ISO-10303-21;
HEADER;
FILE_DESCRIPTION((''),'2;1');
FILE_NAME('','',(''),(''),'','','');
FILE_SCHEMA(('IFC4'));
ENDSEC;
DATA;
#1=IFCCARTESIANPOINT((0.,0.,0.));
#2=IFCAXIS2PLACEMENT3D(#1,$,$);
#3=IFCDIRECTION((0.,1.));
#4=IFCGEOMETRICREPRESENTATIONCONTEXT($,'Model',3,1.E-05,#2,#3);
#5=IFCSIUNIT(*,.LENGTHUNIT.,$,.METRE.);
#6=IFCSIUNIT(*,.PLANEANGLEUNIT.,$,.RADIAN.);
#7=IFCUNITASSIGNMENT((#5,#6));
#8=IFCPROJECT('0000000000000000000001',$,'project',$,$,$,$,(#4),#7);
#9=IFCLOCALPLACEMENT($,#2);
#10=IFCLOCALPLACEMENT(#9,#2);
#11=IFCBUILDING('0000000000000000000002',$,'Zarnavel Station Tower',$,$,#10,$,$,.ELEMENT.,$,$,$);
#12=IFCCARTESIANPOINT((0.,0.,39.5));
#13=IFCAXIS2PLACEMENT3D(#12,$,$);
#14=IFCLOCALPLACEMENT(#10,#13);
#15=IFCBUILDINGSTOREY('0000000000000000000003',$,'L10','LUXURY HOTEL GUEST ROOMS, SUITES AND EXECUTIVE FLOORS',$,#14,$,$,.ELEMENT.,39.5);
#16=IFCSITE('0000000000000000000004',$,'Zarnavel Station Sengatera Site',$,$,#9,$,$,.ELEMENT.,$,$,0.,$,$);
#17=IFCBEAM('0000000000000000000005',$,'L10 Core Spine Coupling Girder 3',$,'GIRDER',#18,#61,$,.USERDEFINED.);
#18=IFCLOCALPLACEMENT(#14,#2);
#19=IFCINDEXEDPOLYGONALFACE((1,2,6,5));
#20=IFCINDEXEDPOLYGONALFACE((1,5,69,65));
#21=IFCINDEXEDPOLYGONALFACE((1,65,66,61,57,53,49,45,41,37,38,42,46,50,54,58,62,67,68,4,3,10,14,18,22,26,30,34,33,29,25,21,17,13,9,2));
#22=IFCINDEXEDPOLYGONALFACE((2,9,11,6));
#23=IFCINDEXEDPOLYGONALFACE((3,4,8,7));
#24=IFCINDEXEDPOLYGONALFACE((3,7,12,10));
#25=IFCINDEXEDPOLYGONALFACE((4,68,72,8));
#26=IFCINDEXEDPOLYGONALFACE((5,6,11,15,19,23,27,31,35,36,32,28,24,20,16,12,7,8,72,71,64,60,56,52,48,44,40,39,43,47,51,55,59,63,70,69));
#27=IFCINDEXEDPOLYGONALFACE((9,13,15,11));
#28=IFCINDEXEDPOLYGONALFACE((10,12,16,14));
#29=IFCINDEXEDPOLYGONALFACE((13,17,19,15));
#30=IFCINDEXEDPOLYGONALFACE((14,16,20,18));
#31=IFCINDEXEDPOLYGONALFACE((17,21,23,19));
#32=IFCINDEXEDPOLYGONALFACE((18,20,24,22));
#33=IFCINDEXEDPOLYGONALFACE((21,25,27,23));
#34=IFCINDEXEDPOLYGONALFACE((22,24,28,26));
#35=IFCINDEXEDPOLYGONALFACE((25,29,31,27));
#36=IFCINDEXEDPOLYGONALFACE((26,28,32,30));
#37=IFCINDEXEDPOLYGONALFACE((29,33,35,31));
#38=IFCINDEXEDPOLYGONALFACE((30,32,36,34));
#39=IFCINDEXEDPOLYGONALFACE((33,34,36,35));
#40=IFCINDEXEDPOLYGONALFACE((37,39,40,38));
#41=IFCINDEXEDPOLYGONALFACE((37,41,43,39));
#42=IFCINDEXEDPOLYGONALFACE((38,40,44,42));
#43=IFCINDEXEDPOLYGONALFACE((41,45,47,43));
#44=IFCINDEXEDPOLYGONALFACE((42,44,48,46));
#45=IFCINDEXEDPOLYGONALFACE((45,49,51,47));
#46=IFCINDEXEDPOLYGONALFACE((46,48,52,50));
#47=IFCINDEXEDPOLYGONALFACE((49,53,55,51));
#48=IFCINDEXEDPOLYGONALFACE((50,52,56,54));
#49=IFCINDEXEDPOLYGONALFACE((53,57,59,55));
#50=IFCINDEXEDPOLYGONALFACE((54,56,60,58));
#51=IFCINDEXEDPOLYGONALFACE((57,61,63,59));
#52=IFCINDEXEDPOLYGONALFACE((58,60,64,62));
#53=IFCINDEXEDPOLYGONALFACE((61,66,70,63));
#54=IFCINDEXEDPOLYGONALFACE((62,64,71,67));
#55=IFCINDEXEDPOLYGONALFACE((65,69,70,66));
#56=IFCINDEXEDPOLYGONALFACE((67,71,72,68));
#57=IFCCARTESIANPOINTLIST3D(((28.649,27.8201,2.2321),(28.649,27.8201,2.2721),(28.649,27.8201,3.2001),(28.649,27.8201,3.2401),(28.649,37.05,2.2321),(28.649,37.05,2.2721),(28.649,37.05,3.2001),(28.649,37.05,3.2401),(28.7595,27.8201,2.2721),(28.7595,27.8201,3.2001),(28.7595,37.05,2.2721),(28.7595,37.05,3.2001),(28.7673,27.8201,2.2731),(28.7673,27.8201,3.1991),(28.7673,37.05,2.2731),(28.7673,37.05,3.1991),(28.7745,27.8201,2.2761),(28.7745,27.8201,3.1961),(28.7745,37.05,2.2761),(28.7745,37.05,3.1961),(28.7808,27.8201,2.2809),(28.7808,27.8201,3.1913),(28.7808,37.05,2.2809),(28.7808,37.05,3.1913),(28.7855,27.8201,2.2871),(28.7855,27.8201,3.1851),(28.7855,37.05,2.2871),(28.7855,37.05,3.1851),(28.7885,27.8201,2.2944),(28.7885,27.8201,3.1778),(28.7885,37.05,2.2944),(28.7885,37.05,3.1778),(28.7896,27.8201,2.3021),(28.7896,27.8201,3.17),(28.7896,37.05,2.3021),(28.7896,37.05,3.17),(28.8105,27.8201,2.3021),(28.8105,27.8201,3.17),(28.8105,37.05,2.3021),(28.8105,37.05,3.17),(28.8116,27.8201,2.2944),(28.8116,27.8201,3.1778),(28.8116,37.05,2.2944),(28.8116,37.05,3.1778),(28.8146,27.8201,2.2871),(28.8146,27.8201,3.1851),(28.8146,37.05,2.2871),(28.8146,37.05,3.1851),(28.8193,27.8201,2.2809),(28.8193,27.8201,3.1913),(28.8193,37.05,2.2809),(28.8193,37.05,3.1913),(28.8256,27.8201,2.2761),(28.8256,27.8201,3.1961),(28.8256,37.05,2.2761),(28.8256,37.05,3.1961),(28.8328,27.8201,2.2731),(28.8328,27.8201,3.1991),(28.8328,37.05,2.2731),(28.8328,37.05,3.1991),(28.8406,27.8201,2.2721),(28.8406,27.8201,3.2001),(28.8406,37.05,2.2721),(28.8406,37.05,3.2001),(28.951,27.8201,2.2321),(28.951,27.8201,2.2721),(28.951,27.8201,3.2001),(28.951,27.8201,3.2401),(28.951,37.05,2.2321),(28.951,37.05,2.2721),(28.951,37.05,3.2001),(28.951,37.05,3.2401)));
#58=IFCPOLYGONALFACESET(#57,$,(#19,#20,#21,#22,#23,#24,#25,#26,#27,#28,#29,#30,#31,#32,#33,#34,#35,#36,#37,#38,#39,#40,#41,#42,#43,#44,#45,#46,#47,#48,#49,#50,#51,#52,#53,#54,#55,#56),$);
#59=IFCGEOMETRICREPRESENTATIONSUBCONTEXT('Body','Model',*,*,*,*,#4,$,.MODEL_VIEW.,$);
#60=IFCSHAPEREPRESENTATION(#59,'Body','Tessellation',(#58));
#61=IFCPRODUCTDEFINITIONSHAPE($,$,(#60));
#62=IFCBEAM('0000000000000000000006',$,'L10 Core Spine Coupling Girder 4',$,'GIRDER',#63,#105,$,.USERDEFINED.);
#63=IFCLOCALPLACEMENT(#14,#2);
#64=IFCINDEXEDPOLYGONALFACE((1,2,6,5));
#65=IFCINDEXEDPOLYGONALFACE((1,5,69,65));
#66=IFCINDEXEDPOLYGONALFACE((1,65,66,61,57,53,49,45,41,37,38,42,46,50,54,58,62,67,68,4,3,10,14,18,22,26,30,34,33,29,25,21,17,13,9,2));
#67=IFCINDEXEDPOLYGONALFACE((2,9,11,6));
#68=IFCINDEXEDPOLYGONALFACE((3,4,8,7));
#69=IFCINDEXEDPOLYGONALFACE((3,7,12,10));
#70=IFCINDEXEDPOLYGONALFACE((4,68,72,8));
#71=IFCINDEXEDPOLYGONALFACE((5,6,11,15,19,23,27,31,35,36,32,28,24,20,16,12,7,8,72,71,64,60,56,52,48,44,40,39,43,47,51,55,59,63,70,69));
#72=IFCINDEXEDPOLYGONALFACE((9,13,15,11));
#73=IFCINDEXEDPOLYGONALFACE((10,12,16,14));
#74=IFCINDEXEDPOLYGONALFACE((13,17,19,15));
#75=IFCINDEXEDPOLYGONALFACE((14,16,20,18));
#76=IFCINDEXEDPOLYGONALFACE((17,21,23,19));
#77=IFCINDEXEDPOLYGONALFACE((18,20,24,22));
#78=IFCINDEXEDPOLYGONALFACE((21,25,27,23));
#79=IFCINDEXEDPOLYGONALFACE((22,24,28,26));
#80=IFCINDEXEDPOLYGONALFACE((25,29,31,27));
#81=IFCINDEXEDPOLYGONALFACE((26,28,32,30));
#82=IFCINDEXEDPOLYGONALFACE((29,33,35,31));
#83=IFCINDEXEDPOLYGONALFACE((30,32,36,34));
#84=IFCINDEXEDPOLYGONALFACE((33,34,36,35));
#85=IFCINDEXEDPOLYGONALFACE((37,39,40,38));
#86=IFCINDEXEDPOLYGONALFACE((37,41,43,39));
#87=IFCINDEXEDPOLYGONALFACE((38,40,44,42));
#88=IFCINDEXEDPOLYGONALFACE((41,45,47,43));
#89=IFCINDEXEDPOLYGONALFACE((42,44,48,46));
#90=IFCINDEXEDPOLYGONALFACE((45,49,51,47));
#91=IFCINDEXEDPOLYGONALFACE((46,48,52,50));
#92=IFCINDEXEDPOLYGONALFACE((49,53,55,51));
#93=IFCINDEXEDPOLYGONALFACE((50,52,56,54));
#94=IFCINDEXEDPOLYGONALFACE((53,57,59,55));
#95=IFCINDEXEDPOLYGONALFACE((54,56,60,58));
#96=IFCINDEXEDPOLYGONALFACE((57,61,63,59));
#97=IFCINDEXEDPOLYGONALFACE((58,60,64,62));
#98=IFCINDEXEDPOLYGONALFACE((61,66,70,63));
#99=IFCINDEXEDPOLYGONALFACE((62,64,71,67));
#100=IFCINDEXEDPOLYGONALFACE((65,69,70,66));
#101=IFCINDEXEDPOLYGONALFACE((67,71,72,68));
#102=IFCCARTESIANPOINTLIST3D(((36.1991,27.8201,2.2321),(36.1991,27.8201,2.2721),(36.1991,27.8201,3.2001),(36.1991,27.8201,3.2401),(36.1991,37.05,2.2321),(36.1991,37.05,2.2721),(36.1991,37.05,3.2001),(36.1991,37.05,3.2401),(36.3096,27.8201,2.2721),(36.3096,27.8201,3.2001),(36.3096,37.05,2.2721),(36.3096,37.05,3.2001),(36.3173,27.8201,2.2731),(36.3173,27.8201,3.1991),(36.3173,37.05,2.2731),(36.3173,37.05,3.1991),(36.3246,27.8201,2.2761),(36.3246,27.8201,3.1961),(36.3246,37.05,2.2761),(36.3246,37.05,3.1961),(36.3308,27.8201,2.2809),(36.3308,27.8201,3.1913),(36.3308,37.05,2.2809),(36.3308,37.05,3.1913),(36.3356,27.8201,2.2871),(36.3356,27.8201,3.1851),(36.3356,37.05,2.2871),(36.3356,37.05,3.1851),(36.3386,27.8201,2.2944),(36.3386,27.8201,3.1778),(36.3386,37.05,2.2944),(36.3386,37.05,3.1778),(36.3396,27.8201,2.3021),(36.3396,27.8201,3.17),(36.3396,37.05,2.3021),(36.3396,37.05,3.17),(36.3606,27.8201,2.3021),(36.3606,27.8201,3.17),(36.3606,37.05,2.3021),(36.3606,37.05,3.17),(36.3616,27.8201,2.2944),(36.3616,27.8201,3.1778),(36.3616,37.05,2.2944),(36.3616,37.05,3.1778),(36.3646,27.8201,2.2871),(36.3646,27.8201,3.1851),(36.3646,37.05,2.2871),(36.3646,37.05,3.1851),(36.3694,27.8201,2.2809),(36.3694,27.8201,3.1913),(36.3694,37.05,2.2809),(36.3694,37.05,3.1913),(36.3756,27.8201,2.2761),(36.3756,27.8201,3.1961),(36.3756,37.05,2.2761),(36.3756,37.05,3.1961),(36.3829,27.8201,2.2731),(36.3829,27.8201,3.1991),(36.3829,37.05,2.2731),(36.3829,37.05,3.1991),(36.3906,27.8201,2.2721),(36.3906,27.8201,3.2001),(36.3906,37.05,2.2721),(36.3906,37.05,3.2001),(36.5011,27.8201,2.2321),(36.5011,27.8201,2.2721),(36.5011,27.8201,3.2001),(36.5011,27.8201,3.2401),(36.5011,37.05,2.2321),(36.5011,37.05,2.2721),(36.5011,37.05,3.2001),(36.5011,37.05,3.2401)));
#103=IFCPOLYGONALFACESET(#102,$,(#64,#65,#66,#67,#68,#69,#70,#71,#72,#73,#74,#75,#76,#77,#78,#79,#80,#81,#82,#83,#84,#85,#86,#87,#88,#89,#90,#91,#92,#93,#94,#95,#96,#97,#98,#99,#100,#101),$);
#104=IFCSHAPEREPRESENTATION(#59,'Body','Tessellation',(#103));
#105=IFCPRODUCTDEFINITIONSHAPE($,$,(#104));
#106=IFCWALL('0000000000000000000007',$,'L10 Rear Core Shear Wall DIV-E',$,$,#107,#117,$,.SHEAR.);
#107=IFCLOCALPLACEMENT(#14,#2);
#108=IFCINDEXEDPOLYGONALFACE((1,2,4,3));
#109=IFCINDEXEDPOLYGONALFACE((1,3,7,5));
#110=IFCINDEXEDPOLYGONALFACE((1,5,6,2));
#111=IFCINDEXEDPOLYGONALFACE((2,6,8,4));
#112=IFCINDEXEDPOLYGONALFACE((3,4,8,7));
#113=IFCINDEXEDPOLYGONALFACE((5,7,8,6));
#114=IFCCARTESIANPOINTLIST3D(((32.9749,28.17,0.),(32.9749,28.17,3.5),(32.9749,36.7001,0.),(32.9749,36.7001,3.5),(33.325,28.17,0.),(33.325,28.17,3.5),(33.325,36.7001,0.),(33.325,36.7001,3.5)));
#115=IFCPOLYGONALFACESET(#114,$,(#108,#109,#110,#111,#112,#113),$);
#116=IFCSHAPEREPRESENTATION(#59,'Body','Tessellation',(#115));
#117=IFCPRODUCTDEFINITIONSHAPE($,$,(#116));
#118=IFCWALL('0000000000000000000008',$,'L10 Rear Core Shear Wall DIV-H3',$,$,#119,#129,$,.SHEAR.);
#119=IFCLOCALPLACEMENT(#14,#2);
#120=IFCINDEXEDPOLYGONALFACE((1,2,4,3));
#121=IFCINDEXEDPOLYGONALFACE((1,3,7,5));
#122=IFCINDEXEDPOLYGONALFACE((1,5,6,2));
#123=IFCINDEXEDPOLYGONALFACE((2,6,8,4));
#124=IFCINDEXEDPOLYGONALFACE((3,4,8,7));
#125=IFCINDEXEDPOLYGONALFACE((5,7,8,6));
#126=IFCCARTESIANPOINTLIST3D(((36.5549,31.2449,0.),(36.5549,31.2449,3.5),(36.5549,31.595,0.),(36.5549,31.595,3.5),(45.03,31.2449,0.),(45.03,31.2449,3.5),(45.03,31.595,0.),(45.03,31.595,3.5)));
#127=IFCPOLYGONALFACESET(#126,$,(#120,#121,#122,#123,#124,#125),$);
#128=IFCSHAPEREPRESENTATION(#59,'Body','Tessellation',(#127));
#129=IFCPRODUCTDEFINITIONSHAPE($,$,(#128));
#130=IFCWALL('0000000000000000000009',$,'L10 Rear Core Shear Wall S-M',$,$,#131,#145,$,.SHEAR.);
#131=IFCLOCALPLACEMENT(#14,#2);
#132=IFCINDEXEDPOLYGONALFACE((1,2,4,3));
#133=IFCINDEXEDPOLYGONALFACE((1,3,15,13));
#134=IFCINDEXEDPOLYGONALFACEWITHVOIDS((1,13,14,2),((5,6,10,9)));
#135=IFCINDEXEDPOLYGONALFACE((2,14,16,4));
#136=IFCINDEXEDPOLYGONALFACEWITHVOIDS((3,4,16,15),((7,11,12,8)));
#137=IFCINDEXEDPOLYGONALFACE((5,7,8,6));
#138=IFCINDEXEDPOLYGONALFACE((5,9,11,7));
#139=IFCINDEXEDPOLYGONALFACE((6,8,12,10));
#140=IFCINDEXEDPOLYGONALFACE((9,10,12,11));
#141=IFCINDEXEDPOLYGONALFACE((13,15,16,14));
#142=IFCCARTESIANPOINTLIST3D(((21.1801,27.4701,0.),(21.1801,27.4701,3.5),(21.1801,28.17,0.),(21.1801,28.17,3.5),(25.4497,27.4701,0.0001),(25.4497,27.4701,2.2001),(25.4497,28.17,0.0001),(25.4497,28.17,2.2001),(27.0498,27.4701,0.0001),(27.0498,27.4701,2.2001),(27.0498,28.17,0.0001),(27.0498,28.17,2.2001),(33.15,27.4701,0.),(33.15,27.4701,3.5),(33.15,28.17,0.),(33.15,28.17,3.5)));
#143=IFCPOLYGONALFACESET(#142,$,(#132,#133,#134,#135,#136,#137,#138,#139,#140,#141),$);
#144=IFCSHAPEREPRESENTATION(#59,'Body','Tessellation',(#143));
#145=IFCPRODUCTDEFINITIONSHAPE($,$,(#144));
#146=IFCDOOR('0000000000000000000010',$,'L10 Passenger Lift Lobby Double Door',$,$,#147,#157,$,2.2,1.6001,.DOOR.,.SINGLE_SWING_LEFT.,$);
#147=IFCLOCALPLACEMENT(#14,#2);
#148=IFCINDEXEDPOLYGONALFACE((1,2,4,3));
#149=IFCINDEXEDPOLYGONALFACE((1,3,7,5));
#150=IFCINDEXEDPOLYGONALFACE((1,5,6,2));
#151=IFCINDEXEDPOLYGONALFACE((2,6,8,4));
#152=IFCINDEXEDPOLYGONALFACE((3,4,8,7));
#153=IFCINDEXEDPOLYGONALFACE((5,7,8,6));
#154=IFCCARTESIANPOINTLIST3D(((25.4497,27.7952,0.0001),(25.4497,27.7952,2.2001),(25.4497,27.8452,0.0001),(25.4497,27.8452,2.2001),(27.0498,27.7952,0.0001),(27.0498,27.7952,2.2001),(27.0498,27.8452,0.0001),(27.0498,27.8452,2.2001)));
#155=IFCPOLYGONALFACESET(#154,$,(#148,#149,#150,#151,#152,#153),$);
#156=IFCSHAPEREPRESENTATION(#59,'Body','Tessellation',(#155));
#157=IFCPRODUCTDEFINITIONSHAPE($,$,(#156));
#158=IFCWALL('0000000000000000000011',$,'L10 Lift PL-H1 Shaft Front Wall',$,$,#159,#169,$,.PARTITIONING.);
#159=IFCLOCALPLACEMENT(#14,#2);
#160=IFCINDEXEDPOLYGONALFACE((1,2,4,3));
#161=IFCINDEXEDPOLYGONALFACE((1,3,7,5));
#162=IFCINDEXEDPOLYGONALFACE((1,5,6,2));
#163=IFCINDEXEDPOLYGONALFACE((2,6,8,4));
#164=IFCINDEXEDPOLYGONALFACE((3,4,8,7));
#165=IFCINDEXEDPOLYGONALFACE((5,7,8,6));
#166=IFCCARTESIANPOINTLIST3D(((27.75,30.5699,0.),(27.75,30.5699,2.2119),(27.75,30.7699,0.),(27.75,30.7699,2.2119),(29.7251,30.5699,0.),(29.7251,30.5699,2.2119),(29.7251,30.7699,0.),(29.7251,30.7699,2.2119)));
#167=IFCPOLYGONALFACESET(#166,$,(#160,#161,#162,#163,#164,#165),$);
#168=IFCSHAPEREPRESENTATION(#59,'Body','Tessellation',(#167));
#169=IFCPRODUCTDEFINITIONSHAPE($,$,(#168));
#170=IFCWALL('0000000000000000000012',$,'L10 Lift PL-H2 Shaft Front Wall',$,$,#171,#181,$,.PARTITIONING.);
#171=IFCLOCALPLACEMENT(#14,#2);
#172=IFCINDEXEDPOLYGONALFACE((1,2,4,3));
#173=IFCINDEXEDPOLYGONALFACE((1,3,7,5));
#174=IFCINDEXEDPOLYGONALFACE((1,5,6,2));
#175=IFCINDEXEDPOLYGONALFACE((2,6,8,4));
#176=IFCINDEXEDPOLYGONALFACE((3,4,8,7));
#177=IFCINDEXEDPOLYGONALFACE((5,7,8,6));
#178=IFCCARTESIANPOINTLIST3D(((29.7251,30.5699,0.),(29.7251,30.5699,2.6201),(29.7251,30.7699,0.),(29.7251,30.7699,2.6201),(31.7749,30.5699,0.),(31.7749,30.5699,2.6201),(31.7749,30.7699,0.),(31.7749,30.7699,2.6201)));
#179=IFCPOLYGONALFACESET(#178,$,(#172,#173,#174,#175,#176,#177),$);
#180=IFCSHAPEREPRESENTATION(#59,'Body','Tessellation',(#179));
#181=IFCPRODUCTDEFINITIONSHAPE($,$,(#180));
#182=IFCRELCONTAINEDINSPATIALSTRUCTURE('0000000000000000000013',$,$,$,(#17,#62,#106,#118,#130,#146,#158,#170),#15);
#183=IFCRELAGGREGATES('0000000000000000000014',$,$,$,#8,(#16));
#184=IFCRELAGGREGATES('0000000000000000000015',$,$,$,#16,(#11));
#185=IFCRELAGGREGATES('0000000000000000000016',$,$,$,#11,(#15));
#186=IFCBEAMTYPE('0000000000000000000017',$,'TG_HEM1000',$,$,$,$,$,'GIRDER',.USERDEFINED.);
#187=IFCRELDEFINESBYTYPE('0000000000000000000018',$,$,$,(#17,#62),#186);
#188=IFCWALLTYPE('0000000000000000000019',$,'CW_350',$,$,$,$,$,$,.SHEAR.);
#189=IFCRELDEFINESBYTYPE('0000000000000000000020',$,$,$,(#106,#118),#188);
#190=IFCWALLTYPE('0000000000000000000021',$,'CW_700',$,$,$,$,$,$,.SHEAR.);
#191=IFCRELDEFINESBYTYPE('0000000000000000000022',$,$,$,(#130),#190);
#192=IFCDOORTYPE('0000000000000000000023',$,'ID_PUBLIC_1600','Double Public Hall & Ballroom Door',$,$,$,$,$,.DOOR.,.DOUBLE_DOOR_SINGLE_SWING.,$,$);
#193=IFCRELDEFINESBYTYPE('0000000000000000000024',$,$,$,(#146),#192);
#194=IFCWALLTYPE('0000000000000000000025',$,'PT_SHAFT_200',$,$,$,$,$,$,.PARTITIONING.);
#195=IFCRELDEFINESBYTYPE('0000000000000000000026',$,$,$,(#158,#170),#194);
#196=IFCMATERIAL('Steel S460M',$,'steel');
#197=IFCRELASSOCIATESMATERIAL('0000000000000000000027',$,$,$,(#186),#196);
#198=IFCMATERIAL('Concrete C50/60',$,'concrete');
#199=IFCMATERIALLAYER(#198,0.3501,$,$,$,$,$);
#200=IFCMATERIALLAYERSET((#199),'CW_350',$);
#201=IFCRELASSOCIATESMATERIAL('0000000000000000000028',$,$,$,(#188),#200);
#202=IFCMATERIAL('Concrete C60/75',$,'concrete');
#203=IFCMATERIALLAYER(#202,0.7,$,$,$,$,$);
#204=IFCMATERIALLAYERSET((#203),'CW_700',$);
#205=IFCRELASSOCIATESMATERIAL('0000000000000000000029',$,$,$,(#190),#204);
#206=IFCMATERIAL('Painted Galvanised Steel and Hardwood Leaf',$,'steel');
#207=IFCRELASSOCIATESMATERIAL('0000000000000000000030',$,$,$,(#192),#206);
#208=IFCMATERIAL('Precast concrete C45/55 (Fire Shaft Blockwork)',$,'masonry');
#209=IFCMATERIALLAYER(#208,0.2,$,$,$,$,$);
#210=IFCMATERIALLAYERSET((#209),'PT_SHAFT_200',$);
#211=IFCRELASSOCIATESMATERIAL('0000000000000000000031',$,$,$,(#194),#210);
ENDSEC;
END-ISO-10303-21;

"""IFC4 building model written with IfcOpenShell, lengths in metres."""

from ifc_helpers import new_model, si_unit, direction, frame, frame_2d, origin, origin_2d, place, context, subcontext, project, spatial, rectangle, i_section, extrude, material, layer, layer_set, material_profile, profile_set, type_object, element, fill, save


model = new_model("IFC4")

# Units and contexts
model_context = context("Model", 3, precision=1e-05, world=origin(), true_north=direction((0.0, 1.0)))
body_context = subcontext(model_context, "Body", "Model", "MODEL_VIEW")
ifc_project = project(units=[si_unit("LENGTHUNIT", "METRE"), si_unit("PLANEANGLEUNIT", "RADIAN")], contexts=[model_context])

# Site, building, storey
site_placement = place(None, origin())
site = spatial("IfcSite", under=ifc_project, at=site_placement, Name="Zarnavel Station Sengatera Site", CompositionType="ELEMENT", RefElevation=0.0)
building_placement = place(site_placement, origin())
building = spatial("IfcBuilding", under=site, at=building_placement, Name="Zarnavel Station Tower", CompositionType="ELEMENT")
storey_placement = place(building_placement, frame((0.0, 0.0, 39.5)))
storey = spatial("IfcBuildingStorey", under=building, at=storey_placement, Name="L10", Description="LUXURY HOTEL GUEST ROOMS, SUITES AND EXECUTIVE FLOORS", CompositionType="ELEMENT", Elevation=39.5)

# Beams
ifc_material_1 = material(Name="Steel S460M", Category="steel")
ifc_material_profile_1 = material_profile(ifc_material_1, i_section(OverallWidth=0.302, OverallDepth=1.0081, WebThickness=0.021, FlangeThickness=0.04, FilletRadius=0.03, at=origin_2d()), Name="HEM1000")
ifc_profile_set_1 = profile_set([ifc_material_profile_1], Name="Steel S460M")
beam_type_1 = type_object("IfcBeamType", Name="TG_HEM1000", ElementType="GIRDER", PredefinedType="USERDEFINED", material=ifc_profile_set_1)
for number, where, z_axis, x_axis, name in (
    (1, (28.8, 27.8201, 2.7361), (0.0, 1.0, 0.0), (-1.0, 0.0, 0.0), "L10 Core Spine Coupling Girder 3"),
    (2, (36.3501, 27.8201, 2.7361), (0.0, 1.0, 0.0), (-1.0, 0.0, 0.0), "L10 Core Spine Coupling Girder 4"),
):
    element("IfcBeam", number, at=place(storey_placement, frame(where, z_axis=z_axis, x_axis=x_axis)), inside=storey, type_object=beam_type_1, Name=name, ObjectType="GIRDER", PredefinedType="USERDEFINED", context=body_context, shape_type="SweptSolid", body=[
        extrude(i_section(OverallWidth=0.302, OverallDepth=1.0081, WebThickness=0.021, FlangeThickness=0.04, FilletRadius=0.03, at=origin_2d()), origin(), (0.0, 0.0, 1.0), 9.23),
    ])

# Wall
ifc_material_2 = material(Name="Concrete C50/60", Category="concrete")
ifc_layer_1 = layer(ifc_material_2, 0.3501)
ifc_layer_set_1 = layer_set([ifc_layer_1], Name="CW_350")
wall_type_1 = type_object("IfcWallType", Name="CW_350", PredefinedType="SHEAR", material=ifc_layer_set_1)
wall_1_placement = place(storey_placement, frame((33.1499, 28.1699, 0.0), z_axis=(0.0, 0.0, 1.0), x_axis=(0.0, 1.0, 0.0)))
element("IfcWall", 3, at=wall_1_placement, inside=storey, type_object=wall_type_1, Name="L10 Rear Core Shear Wall DIV-E", PredefinedType="SHEAR", context=body_context, shape_type="SweptSolid", body=[
    extrude(rectangle(XDim=8.53, YDim=0.3501, at=frame_2d((4.2651, 0.0))), origin(), (0.0, 0.0, 1.0), 3.5),
])

# Wall
wall_2_placement = place(storey_placement, frame((36.5549, 31.4199, 0.0), z_axis=(0.0, 0.0, 1.0), x_axis=(1.0, 0.0, 0.0)))
element("IfcWall", 4, at=wall_2_placement, inside=storey, type_object=wall_type_1, Name="L10 Rear Core Shear Wall DIV-H3", PredefinedType="SHEAR", context=body_context, shape_type="SweptSolid", body=[
    extrude(rectangle(XDim=8.4751, YDim=0.3501, at=frame_2d((4.2375, 0.0))), origin(), (0.0, 0.0, 1.0), 3.5),
])

# Wall, opening, door
ifc_material_3 = material(Name="Concrete C60/75", Category="concrete")
ifc_layer_2 = layer(ifc_material_3, 0.7)
ifc_layer_set_2 = layer_set([ifc_layer_2], Name="CW_700")
wall_type_2 = type_object("IfcWallType", Name="CW_700", PredefinedType="SHEAR", material=ifc_layer_set_2)
wall_3_placement = place(storey_placement, frame((33.1499, 27.8201, 0.0), z_axis=(0.0, 0.0, 1.0), x_axis=(-1.0, 0.0, 0.0)))
wall_3 = element("IfcWall", 5, at=wall_3_placement, inside=storey, type_object=wall_type_2, Name="L10 Rear Core Shear Wall S-M", PredefinedType="SHEAR", context=body_context, shape_type="SweptSolid", body=[
    extrude(rectangle(XDim=11.97, YDim=0.7, at=frame_2d((5.9849, 0.0))), origin(), (0.0, 0.0, 1.0), 3.5),
])
opening_1_placement = place(wall_3_placement, frame((6.1001, 0.0, 0.0)))
opening_1 = element("IfcOpeningElement", 6, at=opening_1_placement, cuts=wall_3, PredefinedType="OPENING", context=body_context, shape_type="SweptSolid", body=[
    extrude(rectangle(XDim=1.6001, YDim=2.2, at=frame_2d((0.8, 1.1001))), frame((0.0, 0.3599, 0.0), z_axis=(0.0, -1.0, 0.0), x_axis=(1.0, 0.0, 0.0)), (0.0, 0.0, 1.0), 0.72),
])
ifc_material_4 = material(Name="Painted Galvanised Steel and Hardwood Leaf", Category="steel")
door_type_1 = type_object("IfcDoorType", Name="ID_PUBLIC_1600", Description="Double Public Hall & Ballroom Door", OperationType="DOUBLE_DOOR_SINGLE_SWING", PredefinedType="DOOR", material=ifc_material_4)
door_1_placement = place(opening_1_placement, origin())
door_1 = element("IfcDoor", 7, at=door_1_placement, inside=storey, type_object=door_type_1, Name="L10 Passenger Lift Lobby Double Door", OperationType="SINGLE_SWING_LEFT", OverallHeight=2.2, OverallWidth=1.6001, PredefinedType="DOOR", context=body_context, shape_type="SweptSolid", body=[
    extrude(rectangle(XDim=1.6001, YDim=2.2, at=frame_2d((0.8, 1.1001))), frame((0.0, 0.0249, 0.0), z_axis=(0.0, -1.0, 0.0), x_axis=(1.0, 0.0, 0.0)), (0.0, 0.0, 1.0), 0.05),
])
fill(opening_1, door_1)

# Walls
ifc_material_5 = material(Name="Precast concrete C45/55 (Fire Shaft Blockwork)", Category="masonry")
ifc_layer_3 = layer(ifc_material_5, 0.2)
ifc_layer_set_3 = layer_set([ifc_layer_3], Name="PT_SHAFT_200")
wall_type_3 = type_object("IfcWallType", Name="PT_SHAFT_200", PredefinedType="PARTITIONING", material=ifc_layer_set_3)
wall_4_placement = place(storey_placement, frame((27.75, 30.6699, 0.0), z_axis=(0.0, 0.0, 1.0), x_axis=(1.0, 0.0, 0.0)))
element("IfcWall", 8, at=wall_4_placement, inside=storey, type_object=wall_type_3, Name="L10 Lift PL-H1 Shaft Front Wall", PredefinedType="PARTITIONING", context=body_context, shape_type="SweptSolid", body=[
    extrude(rectangle(XDim=1.9751, YDim=0.2, at=frame_2d((0.9875, 0.0))), origin(), (0.0, 0.0, 1.0), 2.2119),
])
wall_5_placement = place(storey_placement, frame((29.7251, 30.6699, 0.0), z_axis=(0.0, 0.0, 1.0), x_axis=(1.0, 0.0, 0.0)))
element("IfcWall", 9, at=wall_5_placement, inside=storey, type_object=wall_type_3, Name="L10 Lift PL-H2 Shaft Front Wall", PredefinedType="PARTITIONING", context=body_context, shape_type="SweptSolid", body=[
    extrude(rectangle(XDim=2.0498, YDim=0.2, at=frame_2d((1.0249, 0.0))), origin(), (0.0, 0.0, 1.0), 2.6201),
])

save(model, "model.ifc")
